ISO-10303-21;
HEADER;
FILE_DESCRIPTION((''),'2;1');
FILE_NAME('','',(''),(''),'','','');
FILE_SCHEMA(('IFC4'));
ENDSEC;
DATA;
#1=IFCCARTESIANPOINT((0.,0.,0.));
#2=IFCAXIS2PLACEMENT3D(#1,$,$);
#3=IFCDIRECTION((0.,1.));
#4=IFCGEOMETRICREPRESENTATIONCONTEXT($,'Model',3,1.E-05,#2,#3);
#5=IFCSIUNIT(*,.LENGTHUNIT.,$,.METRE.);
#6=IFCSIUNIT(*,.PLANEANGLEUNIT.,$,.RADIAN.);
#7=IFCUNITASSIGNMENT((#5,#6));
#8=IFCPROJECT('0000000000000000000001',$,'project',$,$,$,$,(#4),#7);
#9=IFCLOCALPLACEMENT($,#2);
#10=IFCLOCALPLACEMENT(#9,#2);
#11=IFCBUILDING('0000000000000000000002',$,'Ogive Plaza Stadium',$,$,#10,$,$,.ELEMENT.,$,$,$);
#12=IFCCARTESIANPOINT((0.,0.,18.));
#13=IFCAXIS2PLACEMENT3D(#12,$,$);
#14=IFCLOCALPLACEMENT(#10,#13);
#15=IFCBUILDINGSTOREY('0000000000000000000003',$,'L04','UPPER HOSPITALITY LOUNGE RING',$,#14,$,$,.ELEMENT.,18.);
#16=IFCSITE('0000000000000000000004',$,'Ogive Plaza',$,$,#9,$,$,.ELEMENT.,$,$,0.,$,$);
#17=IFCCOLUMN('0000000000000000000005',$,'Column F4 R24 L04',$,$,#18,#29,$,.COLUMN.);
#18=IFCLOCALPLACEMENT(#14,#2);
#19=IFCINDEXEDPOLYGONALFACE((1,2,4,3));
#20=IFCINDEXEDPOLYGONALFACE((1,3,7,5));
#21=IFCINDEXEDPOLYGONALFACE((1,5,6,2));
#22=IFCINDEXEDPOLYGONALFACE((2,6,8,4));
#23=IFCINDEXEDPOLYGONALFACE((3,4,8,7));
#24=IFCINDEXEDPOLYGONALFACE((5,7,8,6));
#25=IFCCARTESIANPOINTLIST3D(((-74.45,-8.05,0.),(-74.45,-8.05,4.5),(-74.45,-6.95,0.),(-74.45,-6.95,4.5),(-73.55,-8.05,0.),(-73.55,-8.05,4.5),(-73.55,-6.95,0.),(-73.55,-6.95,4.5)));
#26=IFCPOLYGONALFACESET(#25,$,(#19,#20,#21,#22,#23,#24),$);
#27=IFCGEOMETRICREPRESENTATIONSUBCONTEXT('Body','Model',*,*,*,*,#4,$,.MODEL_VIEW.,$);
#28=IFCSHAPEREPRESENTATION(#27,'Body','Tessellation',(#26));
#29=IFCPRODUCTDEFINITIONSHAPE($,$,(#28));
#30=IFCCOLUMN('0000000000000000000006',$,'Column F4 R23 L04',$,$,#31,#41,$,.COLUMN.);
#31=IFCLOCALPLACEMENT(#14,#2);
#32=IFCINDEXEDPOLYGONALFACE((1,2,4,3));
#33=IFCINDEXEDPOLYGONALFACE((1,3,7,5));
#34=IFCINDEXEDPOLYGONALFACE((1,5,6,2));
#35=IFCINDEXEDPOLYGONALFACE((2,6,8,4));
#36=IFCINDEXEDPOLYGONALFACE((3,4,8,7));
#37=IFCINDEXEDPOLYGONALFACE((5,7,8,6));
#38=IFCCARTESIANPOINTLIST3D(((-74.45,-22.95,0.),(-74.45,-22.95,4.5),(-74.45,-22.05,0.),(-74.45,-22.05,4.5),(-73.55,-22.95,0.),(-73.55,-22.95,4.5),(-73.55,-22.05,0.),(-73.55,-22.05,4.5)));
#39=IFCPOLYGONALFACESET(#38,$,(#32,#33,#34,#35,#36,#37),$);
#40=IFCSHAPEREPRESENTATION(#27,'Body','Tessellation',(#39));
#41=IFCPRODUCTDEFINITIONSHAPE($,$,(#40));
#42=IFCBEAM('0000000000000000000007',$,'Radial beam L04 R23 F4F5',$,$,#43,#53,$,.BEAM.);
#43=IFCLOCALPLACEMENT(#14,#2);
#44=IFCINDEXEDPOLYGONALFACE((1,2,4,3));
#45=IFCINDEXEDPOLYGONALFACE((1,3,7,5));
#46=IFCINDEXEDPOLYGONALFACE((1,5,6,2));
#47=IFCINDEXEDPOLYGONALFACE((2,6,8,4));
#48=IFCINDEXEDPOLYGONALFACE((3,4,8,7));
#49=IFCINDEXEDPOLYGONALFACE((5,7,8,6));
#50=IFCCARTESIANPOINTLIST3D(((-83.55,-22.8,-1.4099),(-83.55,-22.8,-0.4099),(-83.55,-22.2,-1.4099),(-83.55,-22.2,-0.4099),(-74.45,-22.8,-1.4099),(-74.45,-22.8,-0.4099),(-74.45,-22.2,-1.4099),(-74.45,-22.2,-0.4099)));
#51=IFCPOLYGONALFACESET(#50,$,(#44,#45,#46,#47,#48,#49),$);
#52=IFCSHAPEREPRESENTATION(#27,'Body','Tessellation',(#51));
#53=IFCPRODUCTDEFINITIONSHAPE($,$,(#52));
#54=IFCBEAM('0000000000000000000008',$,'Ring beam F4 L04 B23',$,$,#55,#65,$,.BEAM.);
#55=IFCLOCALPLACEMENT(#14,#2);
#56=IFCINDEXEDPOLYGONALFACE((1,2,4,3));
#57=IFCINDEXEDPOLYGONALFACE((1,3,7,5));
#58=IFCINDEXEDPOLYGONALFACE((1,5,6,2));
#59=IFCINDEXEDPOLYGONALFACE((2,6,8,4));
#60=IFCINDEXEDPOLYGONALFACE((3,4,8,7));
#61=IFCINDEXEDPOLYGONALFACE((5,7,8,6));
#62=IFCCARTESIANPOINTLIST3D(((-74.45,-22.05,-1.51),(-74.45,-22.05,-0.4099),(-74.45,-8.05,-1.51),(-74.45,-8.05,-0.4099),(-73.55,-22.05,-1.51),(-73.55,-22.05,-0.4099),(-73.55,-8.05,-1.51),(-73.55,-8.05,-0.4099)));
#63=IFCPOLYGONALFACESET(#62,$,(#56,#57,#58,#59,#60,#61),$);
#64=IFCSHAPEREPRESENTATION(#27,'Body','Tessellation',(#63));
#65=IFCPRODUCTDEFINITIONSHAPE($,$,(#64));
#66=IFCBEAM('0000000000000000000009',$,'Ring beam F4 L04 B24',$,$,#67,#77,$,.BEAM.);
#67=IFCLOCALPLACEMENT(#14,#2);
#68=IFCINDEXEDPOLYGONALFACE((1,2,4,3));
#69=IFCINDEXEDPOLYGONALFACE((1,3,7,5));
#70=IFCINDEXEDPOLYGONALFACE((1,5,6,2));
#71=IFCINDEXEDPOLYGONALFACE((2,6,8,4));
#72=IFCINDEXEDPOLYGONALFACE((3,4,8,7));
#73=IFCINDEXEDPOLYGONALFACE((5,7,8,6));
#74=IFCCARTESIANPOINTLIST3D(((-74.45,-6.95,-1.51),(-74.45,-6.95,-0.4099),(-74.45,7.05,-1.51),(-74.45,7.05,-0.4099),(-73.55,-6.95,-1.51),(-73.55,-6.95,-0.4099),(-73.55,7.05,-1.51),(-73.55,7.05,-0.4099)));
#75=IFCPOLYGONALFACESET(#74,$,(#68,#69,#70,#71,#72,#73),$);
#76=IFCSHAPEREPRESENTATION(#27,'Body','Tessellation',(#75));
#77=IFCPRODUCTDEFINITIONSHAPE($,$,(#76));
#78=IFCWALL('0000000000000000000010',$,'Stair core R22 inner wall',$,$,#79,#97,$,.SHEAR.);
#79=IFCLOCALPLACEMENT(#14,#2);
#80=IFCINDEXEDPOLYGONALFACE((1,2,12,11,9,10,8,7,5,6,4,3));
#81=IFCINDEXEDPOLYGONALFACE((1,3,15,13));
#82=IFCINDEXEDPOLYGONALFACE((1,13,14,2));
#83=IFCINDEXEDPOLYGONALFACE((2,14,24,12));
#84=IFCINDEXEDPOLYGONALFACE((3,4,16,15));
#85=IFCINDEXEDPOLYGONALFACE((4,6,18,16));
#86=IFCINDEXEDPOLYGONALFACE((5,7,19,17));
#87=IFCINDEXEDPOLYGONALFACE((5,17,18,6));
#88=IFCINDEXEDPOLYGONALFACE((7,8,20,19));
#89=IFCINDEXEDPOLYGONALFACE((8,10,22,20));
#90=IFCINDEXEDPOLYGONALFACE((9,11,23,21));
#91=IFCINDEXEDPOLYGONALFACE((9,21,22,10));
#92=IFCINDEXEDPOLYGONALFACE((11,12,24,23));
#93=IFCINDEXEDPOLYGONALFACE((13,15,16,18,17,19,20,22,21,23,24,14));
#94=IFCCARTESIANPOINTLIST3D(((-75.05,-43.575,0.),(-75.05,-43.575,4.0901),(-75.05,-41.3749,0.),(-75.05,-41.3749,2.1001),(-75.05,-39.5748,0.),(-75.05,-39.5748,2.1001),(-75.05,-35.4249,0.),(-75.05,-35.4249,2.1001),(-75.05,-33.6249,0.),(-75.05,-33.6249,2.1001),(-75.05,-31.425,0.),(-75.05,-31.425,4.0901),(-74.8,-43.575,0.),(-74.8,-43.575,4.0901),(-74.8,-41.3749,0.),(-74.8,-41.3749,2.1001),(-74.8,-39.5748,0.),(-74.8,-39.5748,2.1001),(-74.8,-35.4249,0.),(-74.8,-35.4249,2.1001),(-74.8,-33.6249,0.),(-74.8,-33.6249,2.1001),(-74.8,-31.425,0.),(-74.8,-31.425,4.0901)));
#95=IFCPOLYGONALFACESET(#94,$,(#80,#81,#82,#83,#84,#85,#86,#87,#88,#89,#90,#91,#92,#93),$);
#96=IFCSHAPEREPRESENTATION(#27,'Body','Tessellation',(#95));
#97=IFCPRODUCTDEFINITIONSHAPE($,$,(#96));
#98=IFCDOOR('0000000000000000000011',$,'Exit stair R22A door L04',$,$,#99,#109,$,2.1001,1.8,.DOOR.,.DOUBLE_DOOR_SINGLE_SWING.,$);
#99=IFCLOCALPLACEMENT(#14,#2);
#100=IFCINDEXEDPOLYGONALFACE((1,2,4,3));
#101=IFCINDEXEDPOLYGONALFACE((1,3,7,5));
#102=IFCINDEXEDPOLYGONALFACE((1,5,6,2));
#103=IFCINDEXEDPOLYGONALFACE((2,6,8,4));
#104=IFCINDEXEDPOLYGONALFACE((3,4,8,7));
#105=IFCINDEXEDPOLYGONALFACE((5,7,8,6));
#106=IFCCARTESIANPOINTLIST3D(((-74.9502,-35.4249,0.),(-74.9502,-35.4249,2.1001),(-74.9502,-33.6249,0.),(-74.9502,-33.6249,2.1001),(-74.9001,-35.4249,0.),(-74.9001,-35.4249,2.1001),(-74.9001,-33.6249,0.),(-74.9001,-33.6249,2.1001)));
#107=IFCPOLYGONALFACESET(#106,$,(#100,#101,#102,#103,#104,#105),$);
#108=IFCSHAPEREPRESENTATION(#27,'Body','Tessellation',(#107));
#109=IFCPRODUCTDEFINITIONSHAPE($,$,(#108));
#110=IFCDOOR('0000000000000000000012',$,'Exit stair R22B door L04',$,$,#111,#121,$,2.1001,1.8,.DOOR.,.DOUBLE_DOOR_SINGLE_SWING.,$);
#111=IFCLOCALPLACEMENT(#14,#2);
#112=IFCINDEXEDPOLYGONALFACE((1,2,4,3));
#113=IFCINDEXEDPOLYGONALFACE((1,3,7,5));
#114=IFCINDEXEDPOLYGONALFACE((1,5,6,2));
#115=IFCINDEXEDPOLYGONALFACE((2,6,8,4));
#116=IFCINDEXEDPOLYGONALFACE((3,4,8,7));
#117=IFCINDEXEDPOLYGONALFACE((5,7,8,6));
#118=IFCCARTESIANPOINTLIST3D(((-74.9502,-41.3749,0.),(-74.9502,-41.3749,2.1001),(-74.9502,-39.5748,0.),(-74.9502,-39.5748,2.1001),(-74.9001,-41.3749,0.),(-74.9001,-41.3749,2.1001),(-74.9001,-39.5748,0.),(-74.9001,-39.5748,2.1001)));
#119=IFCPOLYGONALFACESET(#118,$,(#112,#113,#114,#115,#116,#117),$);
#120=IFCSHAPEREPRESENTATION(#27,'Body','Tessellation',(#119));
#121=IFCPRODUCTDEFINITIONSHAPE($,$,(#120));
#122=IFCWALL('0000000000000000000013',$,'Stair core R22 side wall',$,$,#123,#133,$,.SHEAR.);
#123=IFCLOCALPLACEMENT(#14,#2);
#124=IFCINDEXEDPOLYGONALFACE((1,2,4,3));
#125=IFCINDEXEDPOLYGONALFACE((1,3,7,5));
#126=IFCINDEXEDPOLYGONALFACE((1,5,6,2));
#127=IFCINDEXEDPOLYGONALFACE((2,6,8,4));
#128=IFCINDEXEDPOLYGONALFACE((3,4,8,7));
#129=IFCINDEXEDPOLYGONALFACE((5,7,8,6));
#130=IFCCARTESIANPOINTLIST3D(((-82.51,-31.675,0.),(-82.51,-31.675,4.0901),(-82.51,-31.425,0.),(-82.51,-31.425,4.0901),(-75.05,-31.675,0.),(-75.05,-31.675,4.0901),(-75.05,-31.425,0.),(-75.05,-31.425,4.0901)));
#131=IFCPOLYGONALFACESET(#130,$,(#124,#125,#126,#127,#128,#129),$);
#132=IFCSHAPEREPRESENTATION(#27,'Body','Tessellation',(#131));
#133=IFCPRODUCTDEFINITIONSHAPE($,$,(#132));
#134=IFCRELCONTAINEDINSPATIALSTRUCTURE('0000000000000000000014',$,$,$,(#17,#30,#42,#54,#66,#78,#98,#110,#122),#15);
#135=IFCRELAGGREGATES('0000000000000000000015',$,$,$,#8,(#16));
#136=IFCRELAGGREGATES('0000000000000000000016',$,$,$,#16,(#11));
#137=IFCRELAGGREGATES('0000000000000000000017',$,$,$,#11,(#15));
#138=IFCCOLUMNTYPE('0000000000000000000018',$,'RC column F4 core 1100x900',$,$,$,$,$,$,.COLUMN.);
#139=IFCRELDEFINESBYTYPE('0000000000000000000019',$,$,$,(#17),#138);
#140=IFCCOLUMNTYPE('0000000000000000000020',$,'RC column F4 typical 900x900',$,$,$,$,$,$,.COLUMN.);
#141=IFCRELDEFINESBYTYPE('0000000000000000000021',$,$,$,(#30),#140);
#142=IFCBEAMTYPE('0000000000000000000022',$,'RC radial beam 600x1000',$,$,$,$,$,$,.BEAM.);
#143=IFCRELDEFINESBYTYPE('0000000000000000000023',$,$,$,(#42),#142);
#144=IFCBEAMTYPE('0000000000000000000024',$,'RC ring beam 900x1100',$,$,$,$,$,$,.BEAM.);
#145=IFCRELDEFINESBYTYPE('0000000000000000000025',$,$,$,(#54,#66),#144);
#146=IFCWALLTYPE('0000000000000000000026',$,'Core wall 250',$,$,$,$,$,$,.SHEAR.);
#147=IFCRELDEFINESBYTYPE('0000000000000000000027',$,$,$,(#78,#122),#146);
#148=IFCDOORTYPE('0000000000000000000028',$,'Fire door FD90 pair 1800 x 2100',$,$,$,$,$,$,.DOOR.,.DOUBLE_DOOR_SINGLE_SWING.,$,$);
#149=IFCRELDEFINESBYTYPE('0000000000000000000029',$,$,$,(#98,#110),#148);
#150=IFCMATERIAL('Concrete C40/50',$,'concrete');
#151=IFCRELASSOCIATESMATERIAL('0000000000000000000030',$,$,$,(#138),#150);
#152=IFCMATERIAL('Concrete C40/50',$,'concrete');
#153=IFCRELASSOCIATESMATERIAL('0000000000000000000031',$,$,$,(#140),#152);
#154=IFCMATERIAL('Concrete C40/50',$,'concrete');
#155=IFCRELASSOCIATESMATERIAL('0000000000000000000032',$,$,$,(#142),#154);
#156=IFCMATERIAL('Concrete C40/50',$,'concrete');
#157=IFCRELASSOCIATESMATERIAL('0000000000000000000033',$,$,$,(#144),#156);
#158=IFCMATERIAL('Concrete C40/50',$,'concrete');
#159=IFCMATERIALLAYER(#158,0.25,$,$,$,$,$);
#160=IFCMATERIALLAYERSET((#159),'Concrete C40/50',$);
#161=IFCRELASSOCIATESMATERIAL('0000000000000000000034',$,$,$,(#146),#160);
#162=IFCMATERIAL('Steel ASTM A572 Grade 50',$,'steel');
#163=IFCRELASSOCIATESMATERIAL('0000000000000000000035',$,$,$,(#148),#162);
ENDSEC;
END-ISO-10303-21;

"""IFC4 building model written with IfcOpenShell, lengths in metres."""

from ifc_helpers import new_model, si_unit, direction, frame, frame_2d, origin, origin_2d, place, context, subcontext, project, spatial, rectangle, extrude, material, layer, layer_set, material_profile, profile_set, type_object, element, fill, save


model = new_model("IFC4")

# Units and contexts
model_context = context("Model", 3, precision=1e-05, world=origin(), true_north=direction((0.0, 1.0)))
body_context = subcontext(model_context, "Body", "Model", "MODEL_VIEW")
ifc_project = project(units=[si_unit("LENGTHUNIT", "METRE"), si_unit("PLANEANGLEUNIT", "RADIAN")], contexts=[model_context])

# Site, building, storey
site_placement = place(None, origin())
site = spatial("IfcSite", under=ifc_project, at=site_placement, Name="Ogive Plaza", CompositionType="ELEMENT", RefElevation=0.0)
building_placement = place(site_placement, origin())
building = spatial("IfcBuilding", under=site, at=building_placement, Name="Ogive Plaza Stadium", CompositionType="ELEMENT")
storey_placement = place(building_placement, frame((0.0, 0.0, 18.0)))
storey = spatial("IfcBuildingStorey", under=building, at=storey_placement, Name="L04", Description="UPPER HOSPITALITY LOUNGE RING", CompositionType="ELEMENT", Elevation=18.0)

# Columns
ifc_material_1 = material(Name="Concrete C40/50", Category="concrete")
ifc_material_profile_1 = material_profile(ifc_material_1, rectangle(XDim=1.1001, YDim=0.8999, at=origin_2d()), Name="RC 1100x900")
ifc_profile_set_1 = profile_set([ifc_material_profile_1], Name="Concrete C40/50")
column_type_1 = type_object("IfcColumnType", Name="RC column F4 core 1100x900", PredefinedType="COLUMN", material=ifc_profile_set_1)
column_1_placement = place(storey_placement, frame((-74.0, -7.5, 0.0), z_axis=(0.0, 0.0, 1.0), x_axis=(0.0, -1.0, 0.0)))
element("IfcColumn", 1, at=column_1_placement, inside=storey, type_object=column_type_1, Name="Column F4 R24 L04", PredefinedType="COLUMN", context=body_context, shape_type="SweptSolid", body=[
    extrude(rectangle(XDim=1.1001, YDim=0.8999, at=origin_2d()), origin(), (0.0, 0.0, 1.0), 4.5),
])
ifc_material_2 = material(Name="Concrete C40/50", Category="concrete")
ifc_material_profile_2 = material_profile(ifc_material_2, rectangle(XDim=0.8999, YDim=0.8999, at=origin_2d()), Name="RC 900x900")
ifc_profile_set_2 = profile_set([ifc_material_profile_2], Name="Concrete C40/50")
column_type_2 = type_object("IfcColumnType", Name="RC column F4 typical 900x900", PredefinedType="COLUMN", material=ifc_profile_set_2)
column_2_placement = place(storey_placement, frame((-74.0, -22.5, 0.0), z_axis=(0.0, 0.0, 1.0), x_axis=(0.0, -1.0, 0.0)))
element("IfcColumn", 2, at=column_2_placement, inside=storey, type_object=column_type_2, Name="Column F4 R23 L04", PredefinedType="COLUMN", context=body_context, shape_type="SweptSolid", body=[
    extrude(rectangle(XDim=0.8999, YDim=0.8999, at=origin_2d()), origin(), (0.0, 0.0, 1.0), 4.5),
])

# Beams
ifc_material_3 = material(Name="Concrete C40/50", Category="concrete")
ifc_material_profile_3 = material_profile(ifc_material_3, rectangle(XDim=0.6001, YDim=1.0, at=origin_2d()), Name="RC 600x1000")
ifc_profile_set_3 = profile_set([ifc_material_profile_3], Name="Concrete C40/50")
beam_type_1 = type_object("IfcBeamType", Name="RC radial beam 600x1000", PredefinedType="BEAM", material=ifc_profile_set_3)
beam_placement = place(storey_placement, frame((-74.45, -22.5, -0.9099), z_axis=(-1.0, 0.0, 0.0), x_axis=(0.0, -1.0, 0.0)))
element("IfcBeam", 3, at=beam_placement, inside=storey, type_object=beam_type_1, Name="Radial beam L04 R23 F4F5", PredefinedType="BEAM", context=body_context, shape_type="SweptSolid", body=[
    extrude(rectangle(XDim=0.6001, YDim=1.0, at=origin_2d()), origin(), (0.0, 0.0, 1.0), 9.1001),
])
ifc_material_4 = material(Name="Concrete C40/50", Category="concrete")
ifc_material_profile_4 = material_profile(ifc_material_4, rectangle(XDim=0.8999, YDim=1.1001, at=origin_2d()), Name="RC 900x1100")
ifc_profile_set_4 = profile_set([ifc_material_profile_4], Name="Concrete C40/50")
beam_type_2 = type_object("IfcBeamType", Name="RC ring beam 900x1100", PredefinedType="BEAM", material=ifc_profile_set_4)
for number, where, z_axis, x_axis, name in (
    (4, (-74.0, -22.05, -0.96), (0.0, 1.0, 0.0), (-1.0, 0.0, 0.0), "Ring beam F4 L04 B23"),
    (5, (-74.0, -6.95, -0.96), (0.0, 1.0, 0.0), (-1.0, 0.0, 0.0), "Ring beam F4 L04 B24"),
):
    element("IfcBeam", number, at=place(storey_placement, frame(where, z_axis=z_axis, x_axis=x_axis)), inside=storey, type_object=beam_type_2, Name=name, PredefinedType="BEAM", context=body_context, shape_type="SweptSolid", body=[
        extrude(rectangle(XDim=0.8999, YDim=1.1001, at=origin_2d()), origin(), (0.0, 0.0, 1.0), 14.0),
    ])

# Wall, openings, doors
ifc_material_5 = material(Name="Concrete C40/50", Category="concrete")
ifc_layer = layer(ifc_material_5, 0.25)
ifc_layer_set = layer_set([ifc_layer], Name="Concrete C40/50")
wall_type = type_object("IfcWallType", Name="Core wall 250", PredefinedType="SHEAR", material=ifc_layer_set)
wall_1_placement = place(storey_placement, frame((-74.925, -31.425, 0.0), z_axis=(0.0, 0.0, 1.0), x_axis=(0.0, -1.0, 0.0)))
wall_1 = element("IfcWall", 6, at=wall_1_placement, inside=storey, type_object=wall_type, Name="Stair core R22 inner wall", PredefinedType="SHEAR", context=body_context, shape_type="SweptSolid", body=[
    extrude(rectangle(XDim=12.1499, YDim=0.25, at=frame_2d((6.075, 0.0))), origin(), (0.0, 0.0, 1.0), 4.0901),
])
opening_1_placement = place(wall_1_placement, frame((2.2, 0.0, 0.0)))
opening_1 = element("IfcOpeningElement", 7, at=opening_1_placement, cuts=wall_1, PredefinedType="OPENING", context=body_context, shape_type="SweptSolid", body=[
    extrude(rectangle(XDim=1.8, YDim=2.1001, at=frame_2d((0.8999, 1.05))), frame((0.0, 0.125, 0.0), z_axis=(0.0, -1.0, 0.0), x_axis=(1.0, 0.0, 0.0)), (0.0, 0.0, 1.0), 0.25),
])
opening_2_placement = place(wall_1_placement, frame((8.1499, 0.0, 0.0)))
opening_2 = element("IfcOpeningElement", 8, at=opening_2_placement, cuts=wall_1, PredefinedType="OPENING", context=body_context, shape_type="SweptSolid", body=[
    extrude(rectangle(XDim=1.8, YDim=2.1001, at=frame_2d((0.8999, 1.05))), frame((0.0, 0.125, 0.0), z_axis=(0.0, -1.0, 0.0), x_axis=(1.0, 0.0, 0.0)), (0.0, 0.0, 1.0), 0.25),
])
ifc_material_6 = material(Name="Steel ASTM A572 Grade 50", Category="steel")
door_type = type_object("IfcDoorType", Name="Fire door FD90 pair 1800 x 2100", OperationType="DOUBLE_DOOR_SINGLE_SWING", PredefinedType="DOOR", material=ifc_material_6)
door_1_placement = place(opening_1_placement, origin())
door_1 = element("IfcDoor", 9, at=door_1_placement, inside=storey, type_object=door_type, Name="Exit stair R22A door L04", OperationType="DOUBLE_DOOR_SINGLE_SWING", OverallHeight=2.1001, OverallWidth=1.8, PredefinedType="DOOR", context=body_context, shape_type="SweptSolid", body=[
    extrude(rectangle(XDim=1.8, YDim=2.1001, at=frame_2d((0.8999, 1.05))), frame((0.0, 0.0249, 0.0), z_axis=(0.0, -1.0, 0.0), x_axis=(1.0, 0.0, 0.0)), (0.0, 0.0, 1.0), 0.05),
])
fill(opening_1, door_1)
door_2_placement = place(opening_2_placement, origin())
door_2 = element("IfcDoor", 10, at=door_2_placement, inside=storey, type_object=door_type, Name="Exit stair R22B door L04", OperationType="DOUBLE_DOOR_SINGLE_SWING", OverallHeight=2.1001, OverallWidth=1.8, PredefinedType="DOOR", context=body_context, shape_type="SweptSolid", body=[
    extrude(rectangle(XDim=1.8, YDim=2.1001, at=frame_2d((0.8999, 1.05))), frame((0.0, 0.0249, 0.0), z_axis=(0.0, -1.0, 0.0), x_axis=(1.0, 0.0, 0.0)), (0.0, 0.0, 1.0), 0.05),
])
fill(opening_2, door_2)

# Wall
wall_2_placement = place(storey_placement, frame((-75.05, -31.55, 0.0), z_axis=(0.0, 0.0, 1.0), x_axis=(-1.0, 0.0, 0.0)))
element("IfcWall", 11, at=wall_2_placement, inside=storey, type_object=wall_type, Name="Stair core R22 side wall", PredefinedType="SHEAR", context=body_context, shape_type="SweptSolid", body=[
    extrude(rectangle(XDim=7.46, YDim=0.25, at=frame_2d((3.73, 0.0))), origin(), (0.0, 0.0, 1.0), 4.0901),
])

save(model, "model.ifc")
